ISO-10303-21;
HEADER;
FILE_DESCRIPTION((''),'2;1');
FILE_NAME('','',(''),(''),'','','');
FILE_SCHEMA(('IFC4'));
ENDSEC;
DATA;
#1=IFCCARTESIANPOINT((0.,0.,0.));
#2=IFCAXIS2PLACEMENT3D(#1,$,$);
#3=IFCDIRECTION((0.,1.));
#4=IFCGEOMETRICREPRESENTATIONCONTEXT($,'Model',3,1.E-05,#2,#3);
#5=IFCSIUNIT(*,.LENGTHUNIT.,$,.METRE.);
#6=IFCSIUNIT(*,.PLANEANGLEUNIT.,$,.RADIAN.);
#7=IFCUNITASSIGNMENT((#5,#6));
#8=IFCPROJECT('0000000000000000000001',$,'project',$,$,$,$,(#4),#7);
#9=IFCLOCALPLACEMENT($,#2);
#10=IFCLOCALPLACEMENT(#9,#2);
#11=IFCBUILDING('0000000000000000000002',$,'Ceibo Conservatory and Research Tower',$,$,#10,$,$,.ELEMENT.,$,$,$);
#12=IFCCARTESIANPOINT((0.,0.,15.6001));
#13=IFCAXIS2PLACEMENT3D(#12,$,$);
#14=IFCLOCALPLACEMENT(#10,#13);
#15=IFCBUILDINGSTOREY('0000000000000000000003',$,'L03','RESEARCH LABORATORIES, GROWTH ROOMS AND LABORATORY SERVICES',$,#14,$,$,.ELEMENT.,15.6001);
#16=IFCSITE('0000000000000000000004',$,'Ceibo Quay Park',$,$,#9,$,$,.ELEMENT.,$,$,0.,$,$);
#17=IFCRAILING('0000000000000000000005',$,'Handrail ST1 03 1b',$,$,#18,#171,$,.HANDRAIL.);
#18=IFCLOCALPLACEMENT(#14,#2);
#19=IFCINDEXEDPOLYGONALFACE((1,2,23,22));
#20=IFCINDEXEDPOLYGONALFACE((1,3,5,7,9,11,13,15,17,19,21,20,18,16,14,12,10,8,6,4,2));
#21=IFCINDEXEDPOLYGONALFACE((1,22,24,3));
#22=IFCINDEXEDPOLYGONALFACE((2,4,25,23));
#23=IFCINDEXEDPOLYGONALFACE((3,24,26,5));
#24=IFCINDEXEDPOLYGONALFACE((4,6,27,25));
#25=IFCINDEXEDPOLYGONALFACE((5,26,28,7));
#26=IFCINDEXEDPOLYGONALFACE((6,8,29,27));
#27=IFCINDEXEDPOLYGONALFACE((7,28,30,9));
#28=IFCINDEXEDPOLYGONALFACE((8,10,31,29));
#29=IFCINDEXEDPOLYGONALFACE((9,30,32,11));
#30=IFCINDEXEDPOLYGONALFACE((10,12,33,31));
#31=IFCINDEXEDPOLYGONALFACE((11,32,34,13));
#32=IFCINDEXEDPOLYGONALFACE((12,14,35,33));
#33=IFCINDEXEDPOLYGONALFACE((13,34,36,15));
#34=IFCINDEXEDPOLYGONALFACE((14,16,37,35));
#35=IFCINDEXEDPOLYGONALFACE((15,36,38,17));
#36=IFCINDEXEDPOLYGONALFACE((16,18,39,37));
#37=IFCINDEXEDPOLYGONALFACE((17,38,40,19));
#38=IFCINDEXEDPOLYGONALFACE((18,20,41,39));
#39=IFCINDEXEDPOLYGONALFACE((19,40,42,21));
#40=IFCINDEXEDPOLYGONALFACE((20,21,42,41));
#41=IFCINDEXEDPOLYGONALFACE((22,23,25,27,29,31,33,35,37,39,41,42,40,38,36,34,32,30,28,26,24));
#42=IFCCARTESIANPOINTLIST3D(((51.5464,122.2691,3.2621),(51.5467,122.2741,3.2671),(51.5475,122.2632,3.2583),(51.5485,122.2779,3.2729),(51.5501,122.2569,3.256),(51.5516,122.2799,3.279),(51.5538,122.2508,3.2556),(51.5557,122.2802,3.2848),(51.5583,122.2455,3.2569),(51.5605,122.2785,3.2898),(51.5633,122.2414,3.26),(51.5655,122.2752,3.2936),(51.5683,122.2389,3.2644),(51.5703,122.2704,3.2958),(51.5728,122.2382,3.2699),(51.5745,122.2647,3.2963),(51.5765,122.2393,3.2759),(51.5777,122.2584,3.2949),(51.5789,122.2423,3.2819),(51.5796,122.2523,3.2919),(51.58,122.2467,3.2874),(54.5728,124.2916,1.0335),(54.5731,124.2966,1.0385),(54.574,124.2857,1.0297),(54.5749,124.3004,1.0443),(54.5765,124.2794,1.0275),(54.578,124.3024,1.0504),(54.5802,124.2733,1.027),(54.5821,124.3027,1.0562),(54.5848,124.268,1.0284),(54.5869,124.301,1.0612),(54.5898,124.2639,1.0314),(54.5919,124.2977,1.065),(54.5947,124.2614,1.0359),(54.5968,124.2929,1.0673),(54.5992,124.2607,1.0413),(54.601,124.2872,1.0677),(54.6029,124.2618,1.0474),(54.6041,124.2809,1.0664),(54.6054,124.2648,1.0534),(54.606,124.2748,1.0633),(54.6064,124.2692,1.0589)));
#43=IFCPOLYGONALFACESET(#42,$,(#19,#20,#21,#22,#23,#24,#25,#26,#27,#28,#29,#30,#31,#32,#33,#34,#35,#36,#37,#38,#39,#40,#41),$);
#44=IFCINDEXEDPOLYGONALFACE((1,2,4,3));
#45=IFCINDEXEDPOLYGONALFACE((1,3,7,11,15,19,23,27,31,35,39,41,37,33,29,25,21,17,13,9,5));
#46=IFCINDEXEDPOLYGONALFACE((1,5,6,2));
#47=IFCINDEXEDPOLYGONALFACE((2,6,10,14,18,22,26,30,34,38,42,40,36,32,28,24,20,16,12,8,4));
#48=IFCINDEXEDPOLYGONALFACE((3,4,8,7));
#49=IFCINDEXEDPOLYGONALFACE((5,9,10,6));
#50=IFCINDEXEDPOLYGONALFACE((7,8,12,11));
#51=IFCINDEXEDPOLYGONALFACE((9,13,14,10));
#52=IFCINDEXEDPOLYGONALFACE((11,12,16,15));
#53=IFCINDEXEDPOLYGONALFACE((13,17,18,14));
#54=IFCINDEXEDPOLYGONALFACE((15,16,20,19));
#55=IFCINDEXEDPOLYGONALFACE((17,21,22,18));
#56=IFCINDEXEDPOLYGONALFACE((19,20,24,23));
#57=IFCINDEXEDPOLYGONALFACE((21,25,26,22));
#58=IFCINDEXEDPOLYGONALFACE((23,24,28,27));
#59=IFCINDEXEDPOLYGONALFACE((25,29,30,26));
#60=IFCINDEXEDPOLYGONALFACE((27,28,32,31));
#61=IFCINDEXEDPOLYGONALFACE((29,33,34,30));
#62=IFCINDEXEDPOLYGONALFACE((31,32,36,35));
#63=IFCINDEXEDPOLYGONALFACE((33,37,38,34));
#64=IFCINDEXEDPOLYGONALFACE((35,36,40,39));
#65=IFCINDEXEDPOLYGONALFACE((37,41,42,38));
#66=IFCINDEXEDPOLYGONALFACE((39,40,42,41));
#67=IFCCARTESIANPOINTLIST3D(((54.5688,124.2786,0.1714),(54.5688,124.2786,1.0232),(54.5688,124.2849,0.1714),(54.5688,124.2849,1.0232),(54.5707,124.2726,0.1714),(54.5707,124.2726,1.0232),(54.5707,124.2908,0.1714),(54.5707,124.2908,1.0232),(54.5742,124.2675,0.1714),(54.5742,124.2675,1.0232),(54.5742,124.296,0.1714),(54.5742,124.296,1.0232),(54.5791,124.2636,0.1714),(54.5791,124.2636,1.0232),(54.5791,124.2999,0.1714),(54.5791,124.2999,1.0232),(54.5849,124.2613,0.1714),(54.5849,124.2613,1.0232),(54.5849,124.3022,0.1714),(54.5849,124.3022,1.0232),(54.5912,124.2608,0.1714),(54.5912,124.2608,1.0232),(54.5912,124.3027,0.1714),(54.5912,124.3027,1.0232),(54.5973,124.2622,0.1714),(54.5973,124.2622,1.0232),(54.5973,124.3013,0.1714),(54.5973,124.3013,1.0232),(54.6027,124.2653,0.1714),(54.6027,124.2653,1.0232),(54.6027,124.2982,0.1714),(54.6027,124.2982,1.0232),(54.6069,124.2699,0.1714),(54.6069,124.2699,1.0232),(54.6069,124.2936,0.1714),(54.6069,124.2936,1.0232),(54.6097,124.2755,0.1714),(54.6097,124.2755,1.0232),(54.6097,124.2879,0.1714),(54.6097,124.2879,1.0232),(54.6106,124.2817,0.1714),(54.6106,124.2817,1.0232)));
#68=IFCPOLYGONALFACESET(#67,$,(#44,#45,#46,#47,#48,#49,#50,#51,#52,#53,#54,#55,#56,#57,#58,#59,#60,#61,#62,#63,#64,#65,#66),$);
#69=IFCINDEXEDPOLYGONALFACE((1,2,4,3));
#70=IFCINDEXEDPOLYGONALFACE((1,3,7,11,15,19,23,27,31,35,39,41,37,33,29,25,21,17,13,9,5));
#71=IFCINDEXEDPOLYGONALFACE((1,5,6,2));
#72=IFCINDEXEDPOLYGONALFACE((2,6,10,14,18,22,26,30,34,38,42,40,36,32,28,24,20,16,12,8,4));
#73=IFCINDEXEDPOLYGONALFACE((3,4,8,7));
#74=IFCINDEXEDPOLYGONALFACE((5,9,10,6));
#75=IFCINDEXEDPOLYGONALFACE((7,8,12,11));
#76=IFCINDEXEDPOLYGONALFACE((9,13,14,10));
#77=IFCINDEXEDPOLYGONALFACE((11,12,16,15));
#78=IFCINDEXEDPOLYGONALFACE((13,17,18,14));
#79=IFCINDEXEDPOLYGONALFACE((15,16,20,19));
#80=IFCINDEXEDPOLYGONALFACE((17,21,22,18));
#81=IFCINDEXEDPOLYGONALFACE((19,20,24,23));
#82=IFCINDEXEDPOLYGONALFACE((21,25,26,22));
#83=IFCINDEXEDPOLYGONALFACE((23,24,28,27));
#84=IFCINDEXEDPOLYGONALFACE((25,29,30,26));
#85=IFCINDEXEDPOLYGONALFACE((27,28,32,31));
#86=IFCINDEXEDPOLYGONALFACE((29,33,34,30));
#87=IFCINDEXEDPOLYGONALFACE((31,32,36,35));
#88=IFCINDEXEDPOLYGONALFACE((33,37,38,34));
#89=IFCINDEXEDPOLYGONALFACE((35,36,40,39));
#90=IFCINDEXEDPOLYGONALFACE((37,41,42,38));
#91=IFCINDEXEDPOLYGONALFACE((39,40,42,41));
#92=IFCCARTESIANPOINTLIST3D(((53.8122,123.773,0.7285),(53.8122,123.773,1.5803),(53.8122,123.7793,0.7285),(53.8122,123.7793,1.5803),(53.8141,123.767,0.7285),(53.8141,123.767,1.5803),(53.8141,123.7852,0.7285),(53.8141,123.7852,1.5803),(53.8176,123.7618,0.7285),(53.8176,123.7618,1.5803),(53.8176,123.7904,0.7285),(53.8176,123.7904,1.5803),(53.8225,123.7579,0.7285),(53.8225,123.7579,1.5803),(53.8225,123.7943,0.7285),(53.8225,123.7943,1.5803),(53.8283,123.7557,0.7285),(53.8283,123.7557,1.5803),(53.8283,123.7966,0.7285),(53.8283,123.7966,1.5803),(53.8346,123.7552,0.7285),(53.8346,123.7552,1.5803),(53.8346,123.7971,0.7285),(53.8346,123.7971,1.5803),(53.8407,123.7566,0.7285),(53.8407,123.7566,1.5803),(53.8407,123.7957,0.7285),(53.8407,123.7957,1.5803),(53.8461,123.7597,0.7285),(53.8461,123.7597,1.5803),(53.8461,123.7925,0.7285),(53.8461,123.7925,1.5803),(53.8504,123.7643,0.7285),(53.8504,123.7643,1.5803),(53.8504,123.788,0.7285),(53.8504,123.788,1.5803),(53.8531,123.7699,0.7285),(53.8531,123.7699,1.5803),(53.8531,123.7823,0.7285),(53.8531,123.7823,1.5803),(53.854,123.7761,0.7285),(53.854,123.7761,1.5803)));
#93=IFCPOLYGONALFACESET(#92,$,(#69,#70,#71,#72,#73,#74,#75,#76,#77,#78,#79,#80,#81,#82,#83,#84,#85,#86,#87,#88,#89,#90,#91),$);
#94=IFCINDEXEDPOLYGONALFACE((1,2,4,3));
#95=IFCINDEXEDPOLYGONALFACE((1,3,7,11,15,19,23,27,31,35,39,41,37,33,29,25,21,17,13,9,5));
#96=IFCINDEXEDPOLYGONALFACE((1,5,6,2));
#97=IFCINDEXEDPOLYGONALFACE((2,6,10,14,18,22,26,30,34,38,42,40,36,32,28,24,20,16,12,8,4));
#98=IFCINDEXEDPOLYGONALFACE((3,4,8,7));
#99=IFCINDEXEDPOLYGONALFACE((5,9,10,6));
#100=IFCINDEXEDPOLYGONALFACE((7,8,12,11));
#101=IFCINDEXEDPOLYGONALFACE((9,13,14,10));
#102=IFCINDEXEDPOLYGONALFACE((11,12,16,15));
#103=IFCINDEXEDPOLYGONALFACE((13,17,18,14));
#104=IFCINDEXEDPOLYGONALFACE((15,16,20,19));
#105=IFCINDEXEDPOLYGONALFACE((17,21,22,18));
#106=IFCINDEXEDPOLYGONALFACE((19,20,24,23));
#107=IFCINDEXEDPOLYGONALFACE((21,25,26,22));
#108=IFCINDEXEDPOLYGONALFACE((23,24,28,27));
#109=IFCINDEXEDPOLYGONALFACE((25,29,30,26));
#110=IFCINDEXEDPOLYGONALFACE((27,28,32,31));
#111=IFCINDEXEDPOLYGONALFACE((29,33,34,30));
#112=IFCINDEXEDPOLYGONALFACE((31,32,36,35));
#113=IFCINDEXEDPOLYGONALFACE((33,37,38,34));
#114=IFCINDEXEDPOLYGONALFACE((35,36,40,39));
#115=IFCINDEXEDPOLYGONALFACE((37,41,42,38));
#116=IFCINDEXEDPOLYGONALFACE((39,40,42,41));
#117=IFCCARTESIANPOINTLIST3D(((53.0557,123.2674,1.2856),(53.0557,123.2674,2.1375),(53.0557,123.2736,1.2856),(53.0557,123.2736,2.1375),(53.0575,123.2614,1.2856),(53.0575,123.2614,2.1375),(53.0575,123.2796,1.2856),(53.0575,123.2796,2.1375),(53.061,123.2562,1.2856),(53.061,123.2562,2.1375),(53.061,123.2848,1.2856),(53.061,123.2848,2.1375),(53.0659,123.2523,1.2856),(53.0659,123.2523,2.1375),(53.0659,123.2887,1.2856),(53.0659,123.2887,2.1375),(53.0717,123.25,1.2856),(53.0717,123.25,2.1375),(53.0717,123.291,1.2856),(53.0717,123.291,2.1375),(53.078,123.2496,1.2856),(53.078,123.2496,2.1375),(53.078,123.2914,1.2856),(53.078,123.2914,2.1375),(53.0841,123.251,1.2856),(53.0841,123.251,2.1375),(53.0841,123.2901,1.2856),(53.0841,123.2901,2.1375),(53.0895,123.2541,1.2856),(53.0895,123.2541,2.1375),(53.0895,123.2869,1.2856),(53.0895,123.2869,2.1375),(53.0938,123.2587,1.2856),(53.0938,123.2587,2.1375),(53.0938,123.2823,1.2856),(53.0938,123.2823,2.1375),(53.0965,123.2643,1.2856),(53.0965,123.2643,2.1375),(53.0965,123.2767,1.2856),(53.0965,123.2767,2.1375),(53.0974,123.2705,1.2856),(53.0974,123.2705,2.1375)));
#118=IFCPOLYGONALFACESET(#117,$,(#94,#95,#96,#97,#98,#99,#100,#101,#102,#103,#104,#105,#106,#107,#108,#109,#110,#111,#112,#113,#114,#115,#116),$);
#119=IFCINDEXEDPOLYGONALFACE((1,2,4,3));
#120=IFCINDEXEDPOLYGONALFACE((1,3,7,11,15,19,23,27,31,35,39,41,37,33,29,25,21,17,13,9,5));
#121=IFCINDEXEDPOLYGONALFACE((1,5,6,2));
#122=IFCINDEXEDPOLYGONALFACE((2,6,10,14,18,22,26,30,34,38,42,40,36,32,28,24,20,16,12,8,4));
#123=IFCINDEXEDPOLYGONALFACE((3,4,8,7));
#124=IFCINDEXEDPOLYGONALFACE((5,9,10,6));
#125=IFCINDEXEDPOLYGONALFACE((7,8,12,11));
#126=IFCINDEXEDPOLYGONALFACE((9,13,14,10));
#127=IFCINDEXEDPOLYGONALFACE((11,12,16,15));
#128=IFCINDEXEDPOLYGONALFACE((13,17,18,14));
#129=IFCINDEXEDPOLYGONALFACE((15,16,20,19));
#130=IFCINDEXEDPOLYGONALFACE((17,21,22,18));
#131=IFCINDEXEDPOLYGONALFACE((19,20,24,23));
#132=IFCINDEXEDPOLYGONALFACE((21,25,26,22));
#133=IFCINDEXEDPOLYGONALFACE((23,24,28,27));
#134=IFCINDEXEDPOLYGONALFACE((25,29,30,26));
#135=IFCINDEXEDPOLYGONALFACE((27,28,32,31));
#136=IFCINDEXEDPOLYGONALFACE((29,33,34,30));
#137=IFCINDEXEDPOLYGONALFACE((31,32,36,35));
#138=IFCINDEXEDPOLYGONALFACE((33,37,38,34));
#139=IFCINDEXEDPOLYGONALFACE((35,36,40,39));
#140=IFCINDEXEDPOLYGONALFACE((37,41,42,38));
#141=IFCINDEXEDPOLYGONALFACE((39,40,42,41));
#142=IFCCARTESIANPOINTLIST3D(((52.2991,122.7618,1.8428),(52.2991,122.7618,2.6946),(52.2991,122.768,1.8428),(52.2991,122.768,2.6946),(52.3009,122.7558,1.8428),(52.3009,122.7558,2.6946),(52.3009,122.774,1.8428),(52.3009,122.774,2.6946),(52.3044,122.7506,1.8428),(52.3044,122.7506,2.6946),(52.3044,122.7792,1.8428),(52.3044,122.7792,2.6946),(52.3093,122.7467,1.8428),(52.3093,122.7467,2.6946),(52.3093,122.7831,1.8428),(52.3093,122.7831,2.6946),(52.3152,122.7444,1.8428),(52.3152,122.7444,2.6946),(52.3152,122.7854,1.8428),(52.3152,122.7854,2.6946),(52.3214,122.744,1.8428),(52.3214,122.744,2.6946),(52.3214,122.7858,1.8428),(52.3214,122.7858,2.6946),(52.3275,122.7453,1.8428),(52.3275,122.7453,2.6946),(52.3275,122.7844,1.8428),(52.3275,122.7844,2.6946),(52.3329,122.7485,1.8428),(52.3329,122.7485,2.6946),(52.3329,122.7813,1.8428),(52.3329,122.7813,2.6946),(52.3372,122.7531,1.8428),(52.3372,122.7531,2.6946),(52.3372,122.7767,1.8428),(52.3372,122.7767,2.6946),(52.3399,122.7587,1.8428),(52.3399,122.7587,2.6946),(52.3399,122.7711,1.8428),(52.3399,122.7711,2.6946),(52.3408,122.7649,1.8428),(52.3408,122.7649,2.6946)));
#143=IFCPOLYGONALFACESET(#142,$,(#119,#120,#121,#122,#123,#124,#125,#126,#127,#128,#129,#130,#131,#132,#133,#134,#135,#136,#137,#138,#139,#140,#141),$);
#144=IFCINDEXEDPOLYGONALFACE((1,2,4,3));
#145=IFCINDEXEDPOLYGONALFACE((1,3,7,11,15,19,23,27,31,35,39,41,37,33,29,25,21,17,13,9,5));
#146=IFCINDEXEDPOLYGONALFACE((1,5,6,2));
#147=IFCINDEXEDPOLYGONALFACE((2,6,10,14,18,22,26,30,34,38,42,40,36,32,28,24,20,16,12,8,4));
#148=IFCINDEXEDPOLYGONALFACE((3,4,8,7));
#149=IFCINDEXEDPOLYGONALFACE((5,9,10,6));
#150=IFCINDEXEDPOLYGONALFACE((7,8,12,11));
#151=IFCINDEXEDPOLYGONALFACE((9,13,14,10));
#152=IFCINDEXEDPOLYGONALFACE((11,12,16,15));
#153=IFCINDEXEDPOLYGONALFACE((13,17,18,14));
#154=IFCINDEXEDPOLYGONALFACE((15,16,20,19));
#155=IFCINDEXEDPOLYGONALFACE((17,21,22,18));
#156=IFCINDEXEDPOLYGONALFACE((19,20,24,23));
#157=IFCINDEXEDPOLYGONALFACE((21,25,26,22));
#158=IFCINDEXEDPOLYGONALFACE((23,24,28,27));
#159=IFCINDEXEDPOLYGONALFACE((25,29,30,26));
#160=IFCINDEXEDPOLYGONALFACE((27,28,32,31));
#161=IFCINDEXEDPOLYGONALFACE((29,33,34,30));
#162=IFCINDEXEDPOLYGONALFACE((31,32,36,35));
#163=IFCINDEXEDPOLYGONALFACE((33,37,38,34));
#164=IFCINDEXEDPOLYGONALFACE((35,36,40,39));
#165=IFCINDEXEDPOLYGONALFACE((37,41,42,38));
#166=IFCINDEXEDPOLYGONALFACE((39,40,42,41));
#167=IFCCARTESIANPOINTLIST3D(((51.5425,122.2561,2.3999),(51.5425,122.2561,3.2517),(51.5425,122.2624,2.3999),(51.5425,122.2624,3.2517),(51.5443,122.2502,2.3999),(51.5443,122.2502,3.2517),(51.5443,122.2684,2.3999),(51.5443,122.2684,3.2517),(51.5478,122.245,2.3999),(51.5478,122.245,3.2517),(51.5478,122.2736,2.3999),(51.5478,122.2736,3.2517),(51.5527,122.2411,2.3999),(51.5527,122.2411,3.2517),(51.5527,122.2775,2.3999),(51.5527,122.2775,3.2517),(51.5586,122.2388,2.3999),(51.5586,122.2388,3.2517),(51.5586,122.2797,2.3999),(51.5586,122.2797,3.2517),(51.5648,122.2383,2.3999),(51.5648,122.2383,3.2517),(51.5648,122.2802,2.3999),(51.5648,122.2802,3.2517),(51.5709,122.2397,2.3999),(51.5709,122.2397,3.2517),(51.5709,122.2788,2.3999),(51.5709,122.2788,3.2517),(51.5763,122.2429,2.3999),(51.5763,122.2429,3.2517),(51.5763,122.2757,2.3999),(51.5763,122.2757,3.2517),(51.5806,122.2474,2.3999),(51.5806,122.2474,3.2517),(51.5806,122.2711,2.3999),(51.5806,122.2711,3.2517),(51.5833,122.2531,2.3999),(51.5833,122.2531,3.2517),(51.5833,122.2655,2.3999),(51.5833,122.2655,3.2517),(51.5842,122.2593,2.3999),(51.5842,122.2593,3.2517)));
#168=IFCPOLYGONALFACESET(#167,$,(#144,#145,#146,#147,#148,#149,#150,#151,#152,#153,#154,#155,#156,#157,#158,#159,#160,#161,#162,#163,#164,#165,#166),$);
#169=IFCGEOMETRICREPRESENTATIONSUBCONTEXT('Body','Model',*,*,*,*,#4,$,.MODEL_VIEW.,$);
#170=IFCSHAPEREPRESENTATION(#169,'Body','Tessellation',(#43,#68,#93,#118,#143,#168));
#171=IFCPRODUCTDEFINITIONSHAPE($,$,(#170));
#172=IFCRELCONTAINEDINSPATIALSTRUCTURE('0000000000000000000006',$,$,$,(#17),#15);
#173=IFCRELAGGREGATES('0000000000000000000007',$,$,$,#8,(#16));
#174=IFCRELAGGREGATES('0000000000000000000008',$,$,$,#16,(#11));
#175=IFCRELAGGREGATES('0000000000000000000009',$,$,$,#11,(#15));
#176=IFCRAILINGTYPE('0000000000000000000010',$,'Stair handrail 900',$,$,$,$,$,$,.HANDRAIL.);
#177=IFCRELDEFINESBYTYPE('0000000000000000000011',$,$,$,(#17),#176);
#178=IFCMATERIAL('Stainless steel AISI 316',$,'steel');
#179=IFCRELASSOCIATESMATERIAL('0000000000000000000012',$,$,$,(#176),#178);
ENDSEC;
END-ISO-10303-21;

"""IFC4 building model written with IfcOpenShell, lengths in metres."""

from ifc_helpers import new_model, si_unit, direction, frame, origin, origin_2d, place, context, subcontext, project, spatial, circle, extrude, material, type_object, element, save


model = new_model("IFC4")

# Units and contexts
model_context = context("Model", 3, precision=1e-05, world=origin(), true_north=direction((0.0, 1.0)))
body_context = subcontext(model_context, "Body", "Model", "MODEL_VIEW")
ifc_project = project(units=[si_unit("LENGTHUNIT", "METRE"), si_unit("PLANEANGLEUNIT", "RADIAN")], contexts=[model_context])

# Site, building, storey
site_placement = place(None, origin())
site = spatial("IfcSite", under=ifc_project, at=site_placement, Name="Ceibo Quay Park", CompositionType="ELEMENT", RefElevation=0.0)
building_placement = place(site_placement, origin())
building = spatial("IfcBuilding", under=site, at=building_placement, Name="Ceibo Conservatory and Research Tower", CompositionType="ELEMENT")
storey_placement = place(building_placement, frame((0.0, 0.0, 15.6001)))
storey = spatial("IfcBuildingStorey", under=building, at=storey_placement, Name="L03", Description="RESEARCH LABORATORIES, GROWTH ROOMS AND LABORATORY SERVICES", CompositionType="ELEMENT", Elevation=15.6001)

# Shared definitions
ifc_material_1 = material(Name="Stainless steel AISI 316", Category="steel")

# Railing
railing_type = type_object("IfcRailingType", Name="Stair handrail 900", PredefinedType="HANDRAIL", material=ifc_material_1)
railing_1_placement = place(storey_placement, frame((54.5896, 124.2817, 0.1714)))
element("IfcRailing", 1, at=railing_1_placement, inside=storey, type_object=railing_type, Name="Handrail ST1 03 1b", PredefinedType="HANDRAIL", context=body_context, shape_type="SweptSolid", body=[
    extrude(circle(Radius=0.0239, at=origin_2d()), frame((0.0, 0.0, 0.876), z_axis=(-0.709089, -0.47387, 0.522149), x_axis=(0.555629, -0.831431, 0.0)), (0.0, 0.0, 1.0), 4.2681),
    extrude(circle(Radius=0.021, at=origin_2d()), origin(), (0.0, 0.0, 1.0), 0.8518),
    extrude(circle(Radius=0.021, at=origin_2d()), frame((-0.7566, -0.5056, 0.5571)), (0.0, 0.0, 1.0), 0.8518),
    extrude(circle(Radius=0.021, at=origin_2d()), frame((-1.5132, -1.0112, 1.1143)), (0.0, 0.0, 1.0), 0.8518),
    extrude(circle(Radius=0.021, at=origin_2d()), frame((-2.2698, -1.5168, 1.6714)), (0.0, 0.0, 1.0), 0.8518),
    extrude(circle(Radius=0.021, at=origin_2d()), frame((-3.0264, -2.0225, 2.2285)), (0.0, 0.0, 1.0), 0.8518),
])

save(model, "model.ifc")
